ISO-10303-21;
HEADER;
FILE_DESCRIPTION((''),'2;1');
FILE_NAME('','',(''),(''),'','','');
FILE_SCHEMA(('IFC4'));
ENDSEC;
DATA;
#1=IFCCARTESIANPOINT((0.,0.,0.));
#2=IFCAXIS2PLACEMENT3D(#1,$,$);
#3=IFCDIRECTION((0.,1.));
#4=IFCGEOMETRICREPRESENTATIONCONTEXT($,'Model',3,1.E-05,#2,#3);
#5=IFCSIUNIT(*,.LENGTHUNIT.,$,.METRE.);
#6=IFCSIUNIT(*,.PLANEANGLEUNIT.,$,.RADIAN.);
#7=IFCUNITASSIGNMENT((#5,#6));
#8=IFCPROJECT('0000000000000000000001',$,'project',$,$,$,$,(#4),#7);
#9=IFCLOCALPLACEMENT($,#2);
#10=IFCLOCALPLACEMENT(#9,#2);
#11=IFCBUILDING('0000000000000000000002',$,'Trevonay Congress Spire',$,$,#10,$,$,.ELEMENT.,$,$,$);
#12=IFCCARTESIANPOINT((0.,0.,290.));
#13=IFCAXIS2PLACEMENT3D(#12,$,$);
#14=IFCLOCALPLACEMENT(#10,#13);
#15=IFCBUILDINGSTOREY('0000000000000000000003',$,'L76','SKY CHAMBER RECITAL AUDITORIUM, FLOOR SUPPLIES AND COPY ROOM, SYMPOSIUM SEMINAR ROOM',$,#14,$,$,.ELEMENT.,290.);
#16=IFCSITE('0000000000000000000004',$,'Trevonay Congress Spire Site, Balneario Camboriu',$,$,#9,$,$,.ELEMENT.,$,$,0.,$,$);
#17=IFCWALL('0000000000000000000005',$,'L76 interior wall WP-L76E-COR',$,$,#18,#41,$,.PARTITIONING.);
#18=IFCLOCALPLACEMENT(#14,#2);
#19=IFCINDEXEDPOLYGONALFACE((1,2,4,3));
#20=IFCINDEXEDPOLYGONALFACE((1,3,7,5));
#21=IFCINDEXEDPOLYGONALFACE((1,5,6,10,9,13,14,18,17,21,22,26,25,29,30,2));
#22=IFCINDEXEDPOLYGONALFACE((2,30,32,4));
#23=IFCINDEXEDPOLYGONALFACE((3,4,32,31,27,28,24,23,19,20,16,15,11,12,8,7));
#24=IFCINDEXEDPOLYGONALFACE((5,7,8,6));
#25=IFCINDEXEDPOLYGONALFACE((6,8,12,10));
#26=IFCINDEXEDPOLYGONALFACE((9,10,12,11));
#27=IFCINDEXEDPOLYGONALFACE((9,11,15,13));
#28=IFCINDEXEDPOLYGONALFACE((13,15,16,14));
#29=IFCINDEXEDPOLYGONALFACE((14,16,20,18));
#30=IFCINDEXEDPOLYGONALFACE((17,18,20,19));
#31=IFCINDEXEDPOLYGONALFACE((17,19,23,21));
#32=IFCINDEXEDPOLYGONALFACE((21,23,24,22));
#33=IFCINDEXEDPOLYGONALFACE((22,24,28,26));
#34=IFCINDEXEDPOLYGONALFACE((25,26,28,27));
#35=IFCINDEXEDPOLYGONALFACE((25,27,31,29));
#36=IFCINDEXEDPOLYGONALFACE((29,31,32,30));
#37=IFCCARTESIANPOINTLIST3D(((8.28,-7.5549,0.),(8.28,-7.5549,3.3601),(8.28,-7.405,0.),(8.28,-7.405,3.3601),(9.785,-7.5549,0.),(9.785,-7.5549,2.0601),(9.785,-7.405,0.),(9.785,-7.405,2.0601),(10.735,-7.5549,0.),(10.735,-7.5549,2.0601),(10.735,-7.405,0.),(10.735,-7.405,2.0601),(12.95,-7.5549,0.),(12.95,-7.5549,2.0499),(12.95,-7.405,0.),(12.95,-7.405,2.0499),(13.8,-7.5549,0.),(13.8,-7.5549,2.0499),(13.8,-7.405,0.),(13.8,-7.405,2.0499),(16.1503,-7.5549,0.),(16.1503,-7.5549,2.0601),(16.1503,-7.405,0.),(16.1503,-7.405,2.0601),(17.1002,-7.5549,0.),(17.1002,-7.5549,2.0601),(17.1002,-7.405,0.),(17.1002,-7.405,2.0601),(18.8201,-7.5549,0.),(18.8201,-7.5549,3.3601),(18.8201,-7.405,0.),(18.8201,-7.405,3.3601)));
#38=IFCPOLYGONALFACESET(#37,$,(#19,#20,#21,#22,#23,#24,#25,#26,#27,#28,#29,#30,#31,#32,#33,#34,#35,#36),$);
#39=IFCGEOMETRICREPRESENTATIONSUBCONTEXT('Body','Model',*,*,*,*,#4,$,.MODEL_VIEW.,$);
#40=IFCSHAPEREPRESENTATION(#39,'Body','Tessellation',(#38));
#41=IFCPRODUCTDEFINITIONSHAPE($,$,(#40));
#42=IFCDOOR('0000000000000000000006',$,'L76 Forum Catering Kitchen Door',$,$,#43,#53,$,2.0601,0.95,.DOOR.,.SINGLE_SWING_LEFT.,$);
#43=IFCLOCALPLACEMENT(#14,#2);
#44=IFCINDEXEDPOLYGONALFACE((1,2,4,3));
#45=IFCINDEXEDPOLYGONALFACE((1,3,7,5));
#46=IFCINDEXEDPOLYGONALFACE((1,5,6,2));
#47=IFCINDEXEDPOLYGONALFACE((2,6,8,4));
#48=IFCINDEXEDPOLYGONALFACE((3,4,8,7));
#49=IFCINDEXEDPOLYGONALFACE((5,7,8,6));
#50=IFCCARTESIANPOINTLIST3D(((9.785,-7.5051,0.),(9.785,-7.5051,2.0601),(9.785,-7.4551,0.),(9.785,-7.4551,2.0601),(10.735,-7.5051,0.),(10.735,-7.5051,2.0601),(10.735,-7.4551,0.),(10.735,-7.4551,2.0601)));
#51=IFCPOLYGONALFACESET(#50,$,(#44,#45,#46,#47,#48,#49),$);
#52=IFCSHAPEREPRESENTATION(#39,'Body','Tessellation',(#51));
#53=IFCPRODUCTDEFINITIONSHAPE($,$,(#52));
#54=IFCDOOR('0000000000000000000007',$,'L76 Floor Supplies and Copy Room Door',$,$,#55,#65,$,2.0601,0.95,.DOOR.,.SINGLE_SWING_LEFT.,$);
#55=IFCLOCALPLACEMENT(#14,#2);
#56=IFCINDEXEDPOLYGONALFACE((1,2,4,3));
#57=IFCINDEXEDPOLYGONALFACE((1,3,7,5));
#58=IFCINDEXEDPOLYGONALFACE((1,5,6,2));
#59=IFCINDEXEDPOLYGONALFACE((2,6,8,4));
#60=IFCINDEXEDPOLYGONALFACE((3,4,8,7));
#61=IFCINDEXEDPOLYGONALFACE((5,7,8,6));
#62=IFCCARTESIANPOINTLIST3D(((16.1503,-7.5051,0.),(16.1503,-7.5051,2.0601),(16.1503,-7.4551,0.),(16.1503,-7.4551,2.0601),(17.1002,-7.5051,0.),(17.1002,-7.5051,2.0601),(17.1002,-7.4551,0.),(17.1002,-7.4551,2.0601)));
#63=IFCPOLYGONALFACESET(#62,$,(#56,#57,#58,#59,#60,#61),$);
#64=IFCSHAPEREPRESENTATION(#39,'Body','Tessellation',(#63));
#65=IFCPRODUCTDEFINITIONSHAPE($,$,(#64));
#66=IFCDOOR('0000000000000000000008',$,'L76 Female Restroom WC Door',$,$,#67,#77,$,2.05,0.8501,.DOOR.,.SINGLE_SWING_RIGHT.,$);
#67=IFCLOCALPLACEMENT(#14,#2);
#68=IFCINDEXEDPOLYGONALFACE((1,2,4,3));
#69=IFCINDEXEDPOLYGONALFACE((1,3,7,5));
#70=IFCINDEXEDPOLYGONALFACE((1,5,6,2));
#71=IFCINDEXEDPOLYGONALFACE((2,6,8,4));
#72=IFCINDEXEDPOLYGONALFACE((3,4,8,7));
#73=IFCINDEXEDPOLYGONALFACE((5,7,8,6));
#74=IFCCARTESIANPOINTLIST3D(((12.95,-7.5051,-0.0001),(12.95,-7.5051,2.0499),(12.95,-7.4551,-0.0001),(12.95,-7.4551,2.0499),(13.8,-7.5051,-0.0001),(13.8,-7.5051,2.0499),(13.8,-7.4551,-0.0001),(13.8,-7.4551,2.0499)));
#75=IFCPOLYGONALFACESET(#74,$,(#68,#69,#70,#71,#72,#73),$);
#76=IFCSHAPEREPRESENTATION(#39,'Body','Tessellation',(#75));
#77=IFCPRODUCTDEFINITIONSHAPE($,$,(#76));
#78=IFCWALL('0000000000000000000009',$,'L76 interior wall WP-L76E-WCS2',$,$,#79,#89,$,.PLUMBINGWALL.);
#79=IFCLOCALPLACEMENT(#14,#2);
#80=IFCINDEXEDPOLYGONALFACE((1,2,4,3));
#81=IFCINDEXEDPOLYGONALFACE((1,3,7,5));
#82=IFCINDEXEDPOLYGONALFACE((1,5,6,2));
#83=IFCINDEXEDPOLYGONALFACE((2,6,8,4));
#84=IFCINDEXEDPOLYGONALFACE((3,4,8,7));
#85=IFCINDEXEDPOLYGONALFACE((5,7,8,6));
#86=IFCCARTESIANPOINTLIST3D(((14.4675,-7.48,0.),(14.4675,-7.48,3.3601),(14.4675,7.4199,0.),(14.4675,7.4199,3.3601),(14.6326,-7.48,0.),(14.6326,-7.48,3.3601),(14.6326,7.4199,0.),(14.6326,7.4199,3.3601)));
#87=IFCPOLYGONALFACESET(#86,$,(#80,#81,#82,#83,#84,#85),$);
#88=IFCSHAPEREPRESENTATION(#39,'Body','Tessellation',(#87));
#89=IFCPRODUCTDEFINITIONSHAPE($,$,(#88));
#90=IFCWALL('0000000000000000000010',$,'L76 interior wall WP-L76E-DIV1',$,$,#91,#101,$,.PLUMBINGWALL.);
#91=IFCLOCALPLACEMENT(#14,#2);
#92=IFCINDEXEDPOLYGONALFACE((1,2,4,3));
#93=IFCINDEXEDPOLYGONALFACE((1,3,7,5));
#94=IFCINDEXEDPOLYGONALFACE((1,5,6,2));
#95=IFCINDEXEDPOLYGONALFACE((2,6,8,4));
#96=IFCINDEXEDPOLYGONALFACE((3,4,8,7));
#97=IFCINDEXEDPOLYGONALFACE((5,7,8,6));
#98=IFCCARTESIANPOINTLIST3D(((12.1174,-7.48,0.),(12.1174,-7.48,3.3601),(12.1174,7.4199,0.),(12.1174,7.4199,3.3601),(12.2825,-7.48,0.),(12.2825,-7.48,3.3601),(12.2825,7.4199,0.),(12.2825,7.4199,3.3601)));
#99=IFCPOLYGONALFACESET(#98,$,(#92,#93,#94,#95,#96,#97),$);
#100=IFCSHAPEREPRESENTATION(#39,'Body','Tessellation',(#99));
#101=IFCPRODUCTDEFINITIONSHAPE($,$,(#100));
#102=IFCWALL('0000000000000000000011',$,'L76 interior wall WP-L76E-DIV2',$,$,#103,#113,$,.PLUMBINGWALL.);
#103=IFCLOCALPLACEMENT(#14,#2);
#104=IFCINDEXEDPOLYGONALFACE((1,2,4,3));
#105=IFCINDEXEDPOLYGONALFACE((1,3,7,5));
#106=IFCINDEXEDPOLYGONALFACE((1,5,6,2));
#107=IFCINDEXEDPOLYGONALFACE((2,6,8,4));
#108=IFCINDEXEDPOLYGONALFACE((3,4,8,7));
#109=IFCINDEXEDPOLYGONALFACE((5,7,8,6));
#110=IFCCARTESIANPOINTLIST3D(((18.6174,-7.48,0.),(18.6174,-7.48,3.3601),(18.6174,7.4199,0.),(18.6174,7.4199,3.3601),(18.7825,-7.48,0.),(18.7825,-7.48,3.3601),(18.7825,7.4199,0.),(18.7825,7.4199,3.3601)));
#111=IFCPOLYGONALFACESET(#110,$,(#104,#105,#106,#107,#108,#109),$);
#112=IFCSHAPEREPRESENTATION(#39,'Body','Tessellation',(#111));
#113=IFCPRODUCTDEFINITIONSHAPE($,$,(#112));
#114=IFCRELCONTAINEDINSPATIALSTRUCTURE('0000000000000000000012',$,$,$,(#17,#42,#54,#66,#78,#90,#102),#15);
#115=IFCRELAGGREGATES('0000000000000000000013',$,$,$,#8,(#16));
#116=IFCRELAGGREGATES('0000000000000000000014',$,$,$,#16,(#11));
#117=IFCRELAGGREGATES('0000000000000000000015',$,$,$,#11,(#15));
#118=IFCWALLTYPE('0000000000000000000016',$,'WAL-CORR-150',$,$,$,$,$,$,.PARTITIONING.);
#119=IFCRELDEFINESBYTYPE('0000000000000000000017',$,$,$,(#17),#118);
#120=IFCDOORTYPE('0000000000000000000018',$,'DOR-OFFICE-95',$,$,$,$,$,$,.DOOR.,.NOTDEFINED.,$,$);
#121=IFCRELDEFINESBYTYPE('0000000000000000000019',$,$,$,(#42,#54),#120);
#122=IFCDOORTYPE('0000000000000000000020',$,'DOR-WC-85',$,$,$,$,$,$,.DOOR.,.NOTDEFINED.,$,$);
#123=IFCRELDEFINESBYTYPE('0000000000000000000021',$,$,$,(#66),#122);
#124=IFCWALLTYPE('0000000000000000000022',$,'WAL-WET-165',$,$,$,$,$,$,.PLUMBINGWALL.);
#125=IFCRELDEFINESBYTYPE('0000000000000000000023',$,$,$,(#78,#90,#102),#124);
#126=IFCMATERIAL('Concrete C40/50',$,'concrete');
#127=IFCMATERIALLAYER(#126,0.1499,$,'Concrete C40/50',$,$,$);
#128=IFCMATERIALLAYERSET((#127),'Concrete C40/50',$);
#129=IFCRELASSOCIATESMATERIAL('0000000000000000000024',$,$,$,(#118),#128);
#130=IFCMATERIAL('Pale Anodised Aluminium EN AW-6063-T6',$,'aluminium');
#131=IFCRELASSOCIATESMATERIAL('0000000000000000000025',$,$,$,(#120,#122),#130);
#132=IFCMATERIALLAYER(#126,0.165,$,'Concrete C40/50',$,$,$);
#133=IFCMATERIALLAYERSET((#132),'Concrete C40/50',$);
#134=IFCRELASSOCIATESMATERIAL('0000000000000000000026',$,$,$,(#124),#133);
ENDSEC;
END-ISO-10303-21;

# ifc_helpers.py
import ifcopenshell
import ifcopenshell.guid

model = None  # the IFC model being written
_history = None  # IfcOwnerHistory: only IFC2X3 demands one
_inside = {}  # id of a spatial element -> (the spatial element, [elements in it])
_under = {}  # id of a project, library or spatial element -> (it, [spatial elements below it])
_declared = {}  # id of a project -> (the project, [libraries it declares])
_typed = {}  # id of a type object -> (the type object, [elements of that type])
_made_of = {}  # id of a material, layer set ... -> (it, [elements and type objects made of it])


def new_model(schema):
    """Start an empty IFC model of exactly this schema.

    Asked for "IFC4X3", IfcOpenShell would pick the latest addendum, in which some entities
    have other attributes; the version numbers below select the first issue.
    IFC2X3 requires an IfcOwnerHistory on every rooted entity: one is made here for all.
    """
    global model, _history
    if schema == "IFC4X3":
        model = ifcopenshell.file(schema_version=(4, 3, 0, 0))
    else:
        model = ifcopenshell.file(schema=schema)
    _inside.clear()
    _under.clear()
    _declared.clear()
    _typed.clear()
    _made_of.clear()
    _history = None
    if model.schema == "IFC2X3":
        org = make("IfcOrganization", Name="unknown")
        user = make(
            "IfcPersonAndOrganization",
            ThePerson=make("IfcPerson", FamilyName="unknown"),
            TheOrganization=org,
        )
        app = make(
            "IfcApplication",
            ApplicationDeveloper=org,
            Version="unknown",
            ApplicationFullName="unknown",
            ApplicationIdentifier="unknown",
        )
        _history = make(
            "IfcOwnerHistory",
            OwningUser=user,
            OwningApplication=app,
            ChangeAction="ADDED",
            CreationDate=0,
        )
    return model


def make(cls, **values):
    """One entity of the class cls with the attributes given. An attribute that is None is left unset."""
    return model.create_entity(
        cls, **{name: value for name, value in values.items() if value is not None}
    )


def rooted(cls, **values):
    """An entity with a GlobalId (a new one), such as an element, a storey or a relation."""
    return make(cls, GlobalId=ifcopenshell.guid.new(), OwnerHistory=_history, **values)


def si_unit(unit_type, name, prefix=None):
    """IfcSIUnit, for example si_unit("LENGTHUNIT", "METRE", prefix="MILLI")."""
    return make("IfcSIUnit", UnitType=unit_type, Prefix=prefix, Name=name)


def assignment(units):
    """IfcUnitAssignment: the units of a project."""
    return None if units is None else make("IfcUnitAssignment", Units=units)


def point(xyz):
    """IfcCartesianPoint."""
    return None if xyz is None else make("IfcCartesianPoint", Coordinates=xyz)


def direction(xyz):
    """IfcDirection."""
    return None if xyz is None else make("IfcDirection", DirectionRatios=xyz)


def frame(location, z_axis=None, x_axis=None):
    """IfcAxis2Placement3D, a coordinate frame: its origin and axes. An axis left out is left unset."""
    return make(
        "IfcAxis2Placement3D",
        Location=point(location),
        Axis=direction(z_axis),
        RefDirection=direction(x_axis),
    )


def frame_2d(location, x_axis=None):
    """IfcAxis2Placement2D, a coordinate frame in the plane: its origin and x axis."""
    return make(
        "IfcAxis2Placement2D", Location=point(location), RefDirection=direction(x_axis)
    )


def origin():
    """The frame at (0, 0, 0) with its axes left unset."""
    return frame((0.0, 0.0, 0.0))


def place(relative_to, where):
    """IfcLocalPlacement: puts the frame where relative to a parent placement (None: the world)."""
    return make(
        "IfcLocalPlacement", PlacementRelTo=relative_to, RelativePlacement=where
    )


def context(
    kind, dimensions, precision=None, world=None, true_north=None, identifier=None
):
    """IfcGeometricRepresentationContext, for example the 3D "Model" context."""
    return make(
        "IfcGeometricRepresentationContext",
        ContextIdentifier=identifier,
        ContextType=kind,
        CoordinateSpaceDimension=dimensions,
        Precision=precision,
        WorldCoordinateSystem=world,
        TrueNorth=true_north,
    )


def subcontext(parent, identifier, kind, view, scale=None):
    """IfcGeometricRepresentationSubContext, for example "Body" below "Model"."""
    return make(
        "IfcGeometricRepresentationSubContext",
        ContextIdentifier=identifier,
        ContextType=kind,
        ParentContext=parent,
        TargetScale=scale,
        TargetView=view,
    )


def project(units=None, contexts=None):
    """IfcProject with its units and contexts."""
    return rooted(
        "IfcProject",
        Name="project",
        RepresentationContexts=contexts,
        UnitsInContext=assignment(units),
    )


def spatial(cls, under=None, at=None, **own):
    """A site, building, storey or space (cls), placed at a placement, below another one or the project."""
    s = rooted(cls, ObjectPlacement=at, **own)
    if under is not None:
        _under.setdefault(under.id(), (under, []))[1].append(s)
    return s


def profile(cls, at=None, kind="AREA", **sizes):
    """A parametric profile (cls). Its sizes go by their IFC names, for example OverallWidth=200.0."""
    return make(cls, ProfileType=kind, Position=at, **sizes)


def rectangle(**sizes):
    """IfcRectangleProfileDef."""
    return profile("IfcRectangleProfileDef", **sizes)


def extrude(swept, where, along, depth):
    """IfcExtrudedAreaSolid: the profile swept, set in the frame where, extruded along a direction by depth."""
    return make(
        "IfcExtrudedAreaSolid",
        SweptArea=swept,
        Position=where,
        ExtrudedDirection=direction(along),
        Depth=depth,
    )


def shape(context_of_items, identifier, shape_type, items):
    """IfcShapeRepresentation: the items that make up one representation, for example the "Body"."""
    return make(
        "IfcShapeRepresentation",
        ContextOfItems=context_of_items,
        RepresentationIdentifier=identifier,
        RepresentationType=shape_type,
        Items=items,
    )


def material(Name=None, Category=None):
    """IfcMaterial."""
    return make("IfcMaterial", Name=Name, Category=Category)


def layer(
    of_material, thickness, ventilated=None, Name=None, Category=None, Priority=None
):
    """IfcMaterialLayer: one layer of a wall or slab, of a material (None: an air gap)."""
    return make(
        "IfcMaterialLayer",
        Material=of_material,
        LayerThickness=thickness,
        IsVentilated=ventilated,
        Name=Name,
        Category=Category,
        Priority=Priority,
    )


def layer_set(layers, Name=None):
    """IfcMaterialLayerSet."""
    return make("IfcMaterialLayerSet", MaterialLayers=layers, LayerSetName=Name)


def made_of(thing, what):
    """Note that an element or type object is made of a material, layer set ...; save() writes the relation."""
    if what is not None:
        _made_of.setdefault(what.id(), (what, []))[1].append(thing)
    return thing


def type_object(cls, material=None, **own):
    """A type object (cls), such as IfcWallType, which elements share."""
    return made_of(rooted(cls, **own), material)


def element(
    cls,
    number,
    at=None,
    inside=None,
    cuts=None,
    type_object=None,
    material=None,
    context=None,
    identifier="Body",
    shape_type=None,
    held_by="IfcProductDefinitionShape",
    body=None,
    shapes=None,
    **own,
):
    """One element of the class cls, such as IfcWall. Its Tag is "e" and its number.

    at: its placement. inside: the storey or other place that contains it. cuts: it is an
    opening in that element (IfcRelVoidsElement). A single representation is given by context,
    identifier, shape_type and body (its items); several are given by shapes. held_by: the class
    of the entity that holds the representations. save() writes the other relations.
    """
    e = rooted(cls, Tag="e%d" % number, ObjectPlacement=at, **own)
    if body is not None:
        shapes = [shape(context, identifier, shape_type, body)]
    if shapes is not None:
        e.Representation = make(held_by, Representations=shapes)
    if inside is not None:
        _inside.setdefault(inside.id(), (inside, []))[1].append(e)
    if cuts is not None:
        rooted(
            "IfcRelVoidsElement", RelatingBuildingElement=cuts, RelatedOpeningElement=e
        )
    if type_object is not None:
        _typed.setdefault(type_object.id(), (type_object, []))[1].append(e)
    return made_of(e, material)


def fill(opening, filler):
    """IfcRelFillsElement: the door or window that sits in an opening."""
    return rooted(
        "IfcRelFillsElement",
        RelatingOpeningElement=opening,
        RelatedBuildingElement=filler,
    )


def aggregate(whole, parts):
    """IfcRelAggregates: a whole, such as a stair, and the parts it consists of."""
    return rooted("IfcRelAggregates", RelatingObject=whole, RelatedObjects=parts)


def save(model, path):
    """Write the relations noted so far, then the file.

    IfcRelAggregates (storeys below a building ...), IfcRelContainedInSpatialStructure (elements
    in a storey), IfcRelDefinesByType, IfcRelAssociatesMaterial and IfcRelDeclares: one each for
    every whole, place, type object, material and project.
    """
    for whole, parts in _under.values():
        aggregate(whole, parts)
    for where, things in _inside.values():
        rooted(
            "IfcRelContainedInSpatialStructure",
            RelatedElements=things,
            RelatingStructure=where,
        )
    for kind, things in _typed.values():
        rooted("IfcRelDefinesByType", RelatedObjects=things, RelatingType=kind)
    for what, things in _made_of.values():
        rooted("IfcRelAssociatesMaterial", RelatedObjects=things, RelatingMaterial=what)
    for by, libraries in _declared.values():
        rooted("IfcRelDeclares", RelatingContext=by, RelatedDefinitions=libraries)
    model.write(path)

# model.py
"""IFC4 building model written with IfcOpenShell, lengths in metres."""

from ifc_helpers import new_model, si_unit, direction, frame, frame_2d, origin, place, context, subcontext, project, spatial, rectangle, extrude, material, layer, layer_set, type_object, element, fill, save


model = new_model("IFC4")

# Units and contexts
model_context = context("Model", 3, precision=1e-05, world=origin(), true_north=direction((0.0, 1.0)))
body_context = subcontext(model_context, "Body", "Model", "MODEL_VIEW")
ifc_project = project(units=[si_unit("LENGTHUNIT", "METRE"), si_unit("PLANEANGLEUNIT", "RADIAN")], contexts=[model_context])

# Site, building, storey
site_placement = place(None, origin())
site = spatial("IfcSite", under=ifc_project, at=site_placement, Name="Trevonay Congress Spire Site, Balneario Camboriu", CompositionType="ELEMENT", RefElevation=0.0)
building_placement = place(site_placement, origin())
building = spatial("IfcBuilding", under=site, at=building_placement, Name="Trevonay Congress Spire", CompositionType="ELEMENT")
storey_placement = place(building_placement, frame((0.0, 0.0, 290.0)))
storey = spatial("IfcBuildingStorey", under=building, at=storey_placement, Name="L76", Description="SKY CHAMBER RECITAL AUDITORIUM, FLOOR SUPPLIES AND COPY ROOM, SYMPOSIUM SEMINAR ROOM", CompositionType="ELEMENT", Elevation=290.0)

# Shared definitions
ifc_material_1 = material(Name="Pale Anodised Aluminium EN AW-6063-T6", Category="aluminium")

# Shared definitions
ifc_material_2 = material(Name="Concrete C40/50", Category="concrete")
ifc_layer_1 = layer(ifc_material_2, 0.1499, Name="Concrete C40/50")
ifc_layer_set_1 = layer_set([ifc_layer_1], Name="Concrete C40/50")
wall_type_1 = type_object("IfcWallType", Name="WAL-CORR-150", PredefinedType="PARTITIONING", material=ifc_layer_set_1)

# Wall, openings, doors
wall_1_placement = place(storey_placement, frame((8.28, -7.48, 0.0), z_axis=(0.0, 0.0, 1.0), x_axis=(1.0, 0.0, 0.0)))
wall_1 = element("IfcWall", 1, at=wall_1_placement, inside=storey, type_object=wall_type_1, Name="L76 interior wall WP-L76E-COR", PredefinedType="PARTITIONING", context=body_context, shape_type="SweptSolid", body=[
    extrude(rectangle(XDim=10.54, YDim=0.1499, at=frame_2d((5.27, 0.0))), origin(), (0.0, 0.0, 1.0), 3.3601),
])
opening_1_placement = place(wall_1_placement, frame((1.5049, 0.0, 0.0)))
opening_1 = element("IfcOpeningElement", 2, at=opening_1_placement, cuts=wall_1, PredefinedType="OPENING", context=body_context, shape_type="SweptSolid", body=[
    extrude(rectangle(XDim=0.95, YDim=2.0601, at=frame_2d((0.4751, 1.03))), frame((0.0, 0.085, 0.0), z_axis=(0.0, -1.0, 0.0), x_axis=(1.0, 0.0, 0.0)), (0.0, 0.0, 1.0), 0.1699),
])
opening_2_placement = place(wall_1_placement, frame((4.6699, 0.0, 0.0)))
opening_2 = element("IfcOpeningElement", 3, at=opening_2_placement, cuts=wall_1, PredefinedType="OPENING", context=body_context, shape_type="SweptSolid", body=[
    extrude(rectangle(XDim=0.8501, YDim=2.05, at=frame_2d((0.425, 1.0249))), frame((0.0, 0.085, 0.0), z_axis=(0.0, -1.0, 0.0), x_axis=(1.0, 0.0, 0.0)), (0.0, 0.0, 1.0), 0.1699),
])
opening_3_placement = place(wall_1_placement, frame((7.8701, 0.0, 0.0)))
opening_3 = element("IfcOpeningElement", 4, at=opening_3_placement, cuts=wall_1, PredefinedType="OPENING", context=body_context, shape_type="SweptSolid", body=[
    extrude(rectangle(XDim=0.95, YDim=2.0601, at=frame_2d((0.4751, 1.03))), frame((0.0, 0.085, 0.0), z_axis=(0.0, -1.0, 0.0), x_axis=(1.0, 0.0, 0.0)), (0.0, 0.0, 1.0), 0.1699),
])
door_type_1 = type_object("IfcDoorType", Name="DOR-OFFICE-95", OperationType="NOTDEFINED", PredefinedType="DOOR", material=ifc_material_1)
door_1_placement = place(opening_1_placement, origin())
door_1 = element("IfcDoor", 5, at=door_1_placement, inside=storey, type_object=door_type_1, Name="L76 Forum Catering Kitchen Door", OperationType="SINGLE_SWING_LEFT", OverallHeight=2.0601, OverallWidth=0.95, PredefinedType="DOOR", context=body_context, shape_type="SweptSolid", body=[
    extrude(rectangle(XDim=0.95, YDim=2.0601, at=frame_2d((0.4751, 1.03))), frame((0.0, 0.0249, 0.0), z_axis=(0.0, -1.0, 0.0), x_axis=(1.0, 0.0, 0.0)), (0.0, 0.0, 1.0), 0.05),
])
fill(opening_1, door_1)
door_2_placement = place(opening_3_placement, origin())
door_2 = element("IfcDoor", 6, at=door_2_placement, inside=storey, type_object=door_type_1, Name="L76 Floor Supplies and Copy Room Door", OperationType="SINGLE_SWING_LEFT", OverallHeight=2.0601, OverallWidth=0.95, PredefinedType="DOOR", context=body_context, shape_type="SweptSolid", body=[
    extrude(rectangle(XDim=0.95, YDim=2.0601, at=frame_2d((0.4751, 1.03))), frame((0.0, 0.0249, 0.0), z_axis=(0.0, -1.0, 0.0), x_axis=(1.0, 0.0, 0.0)), (0.0, 0.0, 1.0), 0.05),
])
fill(opening_3, door_2)
door_type_2 = type_object("IfcDoorType", Name="DOR-WC-85", OperationType="NOTDEFINED", PredefinedType="DOOR", material=ifc_material_1)
door_3_placement = place(opening_2_placement, origin())
door_3 = element("IfcDoor", 7, at=door_3_placement, inside=storey, type_object=door_type_2, Name="L76 Female Restroom WC Door", OperationType="SINGLE_SWING_RIGHT", OverallHeight=2.05, OverallWidth=0.8501, PredefinedType="DOOR", context=body_context, shape_type="SweptSolid", body=[
    extrude(rectangle(XDim=0.8501, YDim=2.05, at=frame_2d((0.425, 1.0249))), frame((0.0, 0.0249, 0.0), z_axis=(0.0, -1.0, 0.0), x_axis=(1.0, 0.0, 0.0)), (0.0, 0.0, 1.0), 0.05),
])
fill(opening_2, door_3)

# Walls
ifc_layer_2 = layer(ifc_material_2, 0.165, Name="Concrete C40/50")
ifc_layer_set_2 = layer_set([ifc_layer_2], Name="Concrete C40/50")
wall_type_2 = type_object("IfcWallType", Name="WAL-WET-165", PredefinedType="PLUMBINGWALL", material=ifc_layer_set_2)
for number, where, z_axis, x_axis, name in (
    (8, (14.55, -7.48, 0.0), (0.0, 0.0, 1.0), (0.0, 1.0, 0.0), "L76 interior wall WP-L76E-WCS2"),
    (9, (12.2, -7.48, 0.0), (0.0, 0.0, 1.0), (0.0, 1.0, 0.0), "L76 interior wall WP-L76E-DIV1"),
    (10, (18.7, -7.48, 0.0), (0.0, 0.0, 1.0), (0.0, 1.0, 0.0), "L76 interior wall WP-L76E-DIV2"),
):
    element("IfcWall", number, at=place(storey_placement, frame(where, z_axis=z_axis, x_axis=x_axis)), inside=storey, type_object=wall_type_2, Name=name, PredefinedType="PLUMBINGWALL", context=body_context, shape_type="SweptSolid", body=[
        extrude(rectangle(XDim=14.8999, YDim=0.165, at=frame_2d((7.45, 0.0))), origin(), (0.0, 0.0, 1.0), 3.3601),
    ])

save(model, "model.ifc")
